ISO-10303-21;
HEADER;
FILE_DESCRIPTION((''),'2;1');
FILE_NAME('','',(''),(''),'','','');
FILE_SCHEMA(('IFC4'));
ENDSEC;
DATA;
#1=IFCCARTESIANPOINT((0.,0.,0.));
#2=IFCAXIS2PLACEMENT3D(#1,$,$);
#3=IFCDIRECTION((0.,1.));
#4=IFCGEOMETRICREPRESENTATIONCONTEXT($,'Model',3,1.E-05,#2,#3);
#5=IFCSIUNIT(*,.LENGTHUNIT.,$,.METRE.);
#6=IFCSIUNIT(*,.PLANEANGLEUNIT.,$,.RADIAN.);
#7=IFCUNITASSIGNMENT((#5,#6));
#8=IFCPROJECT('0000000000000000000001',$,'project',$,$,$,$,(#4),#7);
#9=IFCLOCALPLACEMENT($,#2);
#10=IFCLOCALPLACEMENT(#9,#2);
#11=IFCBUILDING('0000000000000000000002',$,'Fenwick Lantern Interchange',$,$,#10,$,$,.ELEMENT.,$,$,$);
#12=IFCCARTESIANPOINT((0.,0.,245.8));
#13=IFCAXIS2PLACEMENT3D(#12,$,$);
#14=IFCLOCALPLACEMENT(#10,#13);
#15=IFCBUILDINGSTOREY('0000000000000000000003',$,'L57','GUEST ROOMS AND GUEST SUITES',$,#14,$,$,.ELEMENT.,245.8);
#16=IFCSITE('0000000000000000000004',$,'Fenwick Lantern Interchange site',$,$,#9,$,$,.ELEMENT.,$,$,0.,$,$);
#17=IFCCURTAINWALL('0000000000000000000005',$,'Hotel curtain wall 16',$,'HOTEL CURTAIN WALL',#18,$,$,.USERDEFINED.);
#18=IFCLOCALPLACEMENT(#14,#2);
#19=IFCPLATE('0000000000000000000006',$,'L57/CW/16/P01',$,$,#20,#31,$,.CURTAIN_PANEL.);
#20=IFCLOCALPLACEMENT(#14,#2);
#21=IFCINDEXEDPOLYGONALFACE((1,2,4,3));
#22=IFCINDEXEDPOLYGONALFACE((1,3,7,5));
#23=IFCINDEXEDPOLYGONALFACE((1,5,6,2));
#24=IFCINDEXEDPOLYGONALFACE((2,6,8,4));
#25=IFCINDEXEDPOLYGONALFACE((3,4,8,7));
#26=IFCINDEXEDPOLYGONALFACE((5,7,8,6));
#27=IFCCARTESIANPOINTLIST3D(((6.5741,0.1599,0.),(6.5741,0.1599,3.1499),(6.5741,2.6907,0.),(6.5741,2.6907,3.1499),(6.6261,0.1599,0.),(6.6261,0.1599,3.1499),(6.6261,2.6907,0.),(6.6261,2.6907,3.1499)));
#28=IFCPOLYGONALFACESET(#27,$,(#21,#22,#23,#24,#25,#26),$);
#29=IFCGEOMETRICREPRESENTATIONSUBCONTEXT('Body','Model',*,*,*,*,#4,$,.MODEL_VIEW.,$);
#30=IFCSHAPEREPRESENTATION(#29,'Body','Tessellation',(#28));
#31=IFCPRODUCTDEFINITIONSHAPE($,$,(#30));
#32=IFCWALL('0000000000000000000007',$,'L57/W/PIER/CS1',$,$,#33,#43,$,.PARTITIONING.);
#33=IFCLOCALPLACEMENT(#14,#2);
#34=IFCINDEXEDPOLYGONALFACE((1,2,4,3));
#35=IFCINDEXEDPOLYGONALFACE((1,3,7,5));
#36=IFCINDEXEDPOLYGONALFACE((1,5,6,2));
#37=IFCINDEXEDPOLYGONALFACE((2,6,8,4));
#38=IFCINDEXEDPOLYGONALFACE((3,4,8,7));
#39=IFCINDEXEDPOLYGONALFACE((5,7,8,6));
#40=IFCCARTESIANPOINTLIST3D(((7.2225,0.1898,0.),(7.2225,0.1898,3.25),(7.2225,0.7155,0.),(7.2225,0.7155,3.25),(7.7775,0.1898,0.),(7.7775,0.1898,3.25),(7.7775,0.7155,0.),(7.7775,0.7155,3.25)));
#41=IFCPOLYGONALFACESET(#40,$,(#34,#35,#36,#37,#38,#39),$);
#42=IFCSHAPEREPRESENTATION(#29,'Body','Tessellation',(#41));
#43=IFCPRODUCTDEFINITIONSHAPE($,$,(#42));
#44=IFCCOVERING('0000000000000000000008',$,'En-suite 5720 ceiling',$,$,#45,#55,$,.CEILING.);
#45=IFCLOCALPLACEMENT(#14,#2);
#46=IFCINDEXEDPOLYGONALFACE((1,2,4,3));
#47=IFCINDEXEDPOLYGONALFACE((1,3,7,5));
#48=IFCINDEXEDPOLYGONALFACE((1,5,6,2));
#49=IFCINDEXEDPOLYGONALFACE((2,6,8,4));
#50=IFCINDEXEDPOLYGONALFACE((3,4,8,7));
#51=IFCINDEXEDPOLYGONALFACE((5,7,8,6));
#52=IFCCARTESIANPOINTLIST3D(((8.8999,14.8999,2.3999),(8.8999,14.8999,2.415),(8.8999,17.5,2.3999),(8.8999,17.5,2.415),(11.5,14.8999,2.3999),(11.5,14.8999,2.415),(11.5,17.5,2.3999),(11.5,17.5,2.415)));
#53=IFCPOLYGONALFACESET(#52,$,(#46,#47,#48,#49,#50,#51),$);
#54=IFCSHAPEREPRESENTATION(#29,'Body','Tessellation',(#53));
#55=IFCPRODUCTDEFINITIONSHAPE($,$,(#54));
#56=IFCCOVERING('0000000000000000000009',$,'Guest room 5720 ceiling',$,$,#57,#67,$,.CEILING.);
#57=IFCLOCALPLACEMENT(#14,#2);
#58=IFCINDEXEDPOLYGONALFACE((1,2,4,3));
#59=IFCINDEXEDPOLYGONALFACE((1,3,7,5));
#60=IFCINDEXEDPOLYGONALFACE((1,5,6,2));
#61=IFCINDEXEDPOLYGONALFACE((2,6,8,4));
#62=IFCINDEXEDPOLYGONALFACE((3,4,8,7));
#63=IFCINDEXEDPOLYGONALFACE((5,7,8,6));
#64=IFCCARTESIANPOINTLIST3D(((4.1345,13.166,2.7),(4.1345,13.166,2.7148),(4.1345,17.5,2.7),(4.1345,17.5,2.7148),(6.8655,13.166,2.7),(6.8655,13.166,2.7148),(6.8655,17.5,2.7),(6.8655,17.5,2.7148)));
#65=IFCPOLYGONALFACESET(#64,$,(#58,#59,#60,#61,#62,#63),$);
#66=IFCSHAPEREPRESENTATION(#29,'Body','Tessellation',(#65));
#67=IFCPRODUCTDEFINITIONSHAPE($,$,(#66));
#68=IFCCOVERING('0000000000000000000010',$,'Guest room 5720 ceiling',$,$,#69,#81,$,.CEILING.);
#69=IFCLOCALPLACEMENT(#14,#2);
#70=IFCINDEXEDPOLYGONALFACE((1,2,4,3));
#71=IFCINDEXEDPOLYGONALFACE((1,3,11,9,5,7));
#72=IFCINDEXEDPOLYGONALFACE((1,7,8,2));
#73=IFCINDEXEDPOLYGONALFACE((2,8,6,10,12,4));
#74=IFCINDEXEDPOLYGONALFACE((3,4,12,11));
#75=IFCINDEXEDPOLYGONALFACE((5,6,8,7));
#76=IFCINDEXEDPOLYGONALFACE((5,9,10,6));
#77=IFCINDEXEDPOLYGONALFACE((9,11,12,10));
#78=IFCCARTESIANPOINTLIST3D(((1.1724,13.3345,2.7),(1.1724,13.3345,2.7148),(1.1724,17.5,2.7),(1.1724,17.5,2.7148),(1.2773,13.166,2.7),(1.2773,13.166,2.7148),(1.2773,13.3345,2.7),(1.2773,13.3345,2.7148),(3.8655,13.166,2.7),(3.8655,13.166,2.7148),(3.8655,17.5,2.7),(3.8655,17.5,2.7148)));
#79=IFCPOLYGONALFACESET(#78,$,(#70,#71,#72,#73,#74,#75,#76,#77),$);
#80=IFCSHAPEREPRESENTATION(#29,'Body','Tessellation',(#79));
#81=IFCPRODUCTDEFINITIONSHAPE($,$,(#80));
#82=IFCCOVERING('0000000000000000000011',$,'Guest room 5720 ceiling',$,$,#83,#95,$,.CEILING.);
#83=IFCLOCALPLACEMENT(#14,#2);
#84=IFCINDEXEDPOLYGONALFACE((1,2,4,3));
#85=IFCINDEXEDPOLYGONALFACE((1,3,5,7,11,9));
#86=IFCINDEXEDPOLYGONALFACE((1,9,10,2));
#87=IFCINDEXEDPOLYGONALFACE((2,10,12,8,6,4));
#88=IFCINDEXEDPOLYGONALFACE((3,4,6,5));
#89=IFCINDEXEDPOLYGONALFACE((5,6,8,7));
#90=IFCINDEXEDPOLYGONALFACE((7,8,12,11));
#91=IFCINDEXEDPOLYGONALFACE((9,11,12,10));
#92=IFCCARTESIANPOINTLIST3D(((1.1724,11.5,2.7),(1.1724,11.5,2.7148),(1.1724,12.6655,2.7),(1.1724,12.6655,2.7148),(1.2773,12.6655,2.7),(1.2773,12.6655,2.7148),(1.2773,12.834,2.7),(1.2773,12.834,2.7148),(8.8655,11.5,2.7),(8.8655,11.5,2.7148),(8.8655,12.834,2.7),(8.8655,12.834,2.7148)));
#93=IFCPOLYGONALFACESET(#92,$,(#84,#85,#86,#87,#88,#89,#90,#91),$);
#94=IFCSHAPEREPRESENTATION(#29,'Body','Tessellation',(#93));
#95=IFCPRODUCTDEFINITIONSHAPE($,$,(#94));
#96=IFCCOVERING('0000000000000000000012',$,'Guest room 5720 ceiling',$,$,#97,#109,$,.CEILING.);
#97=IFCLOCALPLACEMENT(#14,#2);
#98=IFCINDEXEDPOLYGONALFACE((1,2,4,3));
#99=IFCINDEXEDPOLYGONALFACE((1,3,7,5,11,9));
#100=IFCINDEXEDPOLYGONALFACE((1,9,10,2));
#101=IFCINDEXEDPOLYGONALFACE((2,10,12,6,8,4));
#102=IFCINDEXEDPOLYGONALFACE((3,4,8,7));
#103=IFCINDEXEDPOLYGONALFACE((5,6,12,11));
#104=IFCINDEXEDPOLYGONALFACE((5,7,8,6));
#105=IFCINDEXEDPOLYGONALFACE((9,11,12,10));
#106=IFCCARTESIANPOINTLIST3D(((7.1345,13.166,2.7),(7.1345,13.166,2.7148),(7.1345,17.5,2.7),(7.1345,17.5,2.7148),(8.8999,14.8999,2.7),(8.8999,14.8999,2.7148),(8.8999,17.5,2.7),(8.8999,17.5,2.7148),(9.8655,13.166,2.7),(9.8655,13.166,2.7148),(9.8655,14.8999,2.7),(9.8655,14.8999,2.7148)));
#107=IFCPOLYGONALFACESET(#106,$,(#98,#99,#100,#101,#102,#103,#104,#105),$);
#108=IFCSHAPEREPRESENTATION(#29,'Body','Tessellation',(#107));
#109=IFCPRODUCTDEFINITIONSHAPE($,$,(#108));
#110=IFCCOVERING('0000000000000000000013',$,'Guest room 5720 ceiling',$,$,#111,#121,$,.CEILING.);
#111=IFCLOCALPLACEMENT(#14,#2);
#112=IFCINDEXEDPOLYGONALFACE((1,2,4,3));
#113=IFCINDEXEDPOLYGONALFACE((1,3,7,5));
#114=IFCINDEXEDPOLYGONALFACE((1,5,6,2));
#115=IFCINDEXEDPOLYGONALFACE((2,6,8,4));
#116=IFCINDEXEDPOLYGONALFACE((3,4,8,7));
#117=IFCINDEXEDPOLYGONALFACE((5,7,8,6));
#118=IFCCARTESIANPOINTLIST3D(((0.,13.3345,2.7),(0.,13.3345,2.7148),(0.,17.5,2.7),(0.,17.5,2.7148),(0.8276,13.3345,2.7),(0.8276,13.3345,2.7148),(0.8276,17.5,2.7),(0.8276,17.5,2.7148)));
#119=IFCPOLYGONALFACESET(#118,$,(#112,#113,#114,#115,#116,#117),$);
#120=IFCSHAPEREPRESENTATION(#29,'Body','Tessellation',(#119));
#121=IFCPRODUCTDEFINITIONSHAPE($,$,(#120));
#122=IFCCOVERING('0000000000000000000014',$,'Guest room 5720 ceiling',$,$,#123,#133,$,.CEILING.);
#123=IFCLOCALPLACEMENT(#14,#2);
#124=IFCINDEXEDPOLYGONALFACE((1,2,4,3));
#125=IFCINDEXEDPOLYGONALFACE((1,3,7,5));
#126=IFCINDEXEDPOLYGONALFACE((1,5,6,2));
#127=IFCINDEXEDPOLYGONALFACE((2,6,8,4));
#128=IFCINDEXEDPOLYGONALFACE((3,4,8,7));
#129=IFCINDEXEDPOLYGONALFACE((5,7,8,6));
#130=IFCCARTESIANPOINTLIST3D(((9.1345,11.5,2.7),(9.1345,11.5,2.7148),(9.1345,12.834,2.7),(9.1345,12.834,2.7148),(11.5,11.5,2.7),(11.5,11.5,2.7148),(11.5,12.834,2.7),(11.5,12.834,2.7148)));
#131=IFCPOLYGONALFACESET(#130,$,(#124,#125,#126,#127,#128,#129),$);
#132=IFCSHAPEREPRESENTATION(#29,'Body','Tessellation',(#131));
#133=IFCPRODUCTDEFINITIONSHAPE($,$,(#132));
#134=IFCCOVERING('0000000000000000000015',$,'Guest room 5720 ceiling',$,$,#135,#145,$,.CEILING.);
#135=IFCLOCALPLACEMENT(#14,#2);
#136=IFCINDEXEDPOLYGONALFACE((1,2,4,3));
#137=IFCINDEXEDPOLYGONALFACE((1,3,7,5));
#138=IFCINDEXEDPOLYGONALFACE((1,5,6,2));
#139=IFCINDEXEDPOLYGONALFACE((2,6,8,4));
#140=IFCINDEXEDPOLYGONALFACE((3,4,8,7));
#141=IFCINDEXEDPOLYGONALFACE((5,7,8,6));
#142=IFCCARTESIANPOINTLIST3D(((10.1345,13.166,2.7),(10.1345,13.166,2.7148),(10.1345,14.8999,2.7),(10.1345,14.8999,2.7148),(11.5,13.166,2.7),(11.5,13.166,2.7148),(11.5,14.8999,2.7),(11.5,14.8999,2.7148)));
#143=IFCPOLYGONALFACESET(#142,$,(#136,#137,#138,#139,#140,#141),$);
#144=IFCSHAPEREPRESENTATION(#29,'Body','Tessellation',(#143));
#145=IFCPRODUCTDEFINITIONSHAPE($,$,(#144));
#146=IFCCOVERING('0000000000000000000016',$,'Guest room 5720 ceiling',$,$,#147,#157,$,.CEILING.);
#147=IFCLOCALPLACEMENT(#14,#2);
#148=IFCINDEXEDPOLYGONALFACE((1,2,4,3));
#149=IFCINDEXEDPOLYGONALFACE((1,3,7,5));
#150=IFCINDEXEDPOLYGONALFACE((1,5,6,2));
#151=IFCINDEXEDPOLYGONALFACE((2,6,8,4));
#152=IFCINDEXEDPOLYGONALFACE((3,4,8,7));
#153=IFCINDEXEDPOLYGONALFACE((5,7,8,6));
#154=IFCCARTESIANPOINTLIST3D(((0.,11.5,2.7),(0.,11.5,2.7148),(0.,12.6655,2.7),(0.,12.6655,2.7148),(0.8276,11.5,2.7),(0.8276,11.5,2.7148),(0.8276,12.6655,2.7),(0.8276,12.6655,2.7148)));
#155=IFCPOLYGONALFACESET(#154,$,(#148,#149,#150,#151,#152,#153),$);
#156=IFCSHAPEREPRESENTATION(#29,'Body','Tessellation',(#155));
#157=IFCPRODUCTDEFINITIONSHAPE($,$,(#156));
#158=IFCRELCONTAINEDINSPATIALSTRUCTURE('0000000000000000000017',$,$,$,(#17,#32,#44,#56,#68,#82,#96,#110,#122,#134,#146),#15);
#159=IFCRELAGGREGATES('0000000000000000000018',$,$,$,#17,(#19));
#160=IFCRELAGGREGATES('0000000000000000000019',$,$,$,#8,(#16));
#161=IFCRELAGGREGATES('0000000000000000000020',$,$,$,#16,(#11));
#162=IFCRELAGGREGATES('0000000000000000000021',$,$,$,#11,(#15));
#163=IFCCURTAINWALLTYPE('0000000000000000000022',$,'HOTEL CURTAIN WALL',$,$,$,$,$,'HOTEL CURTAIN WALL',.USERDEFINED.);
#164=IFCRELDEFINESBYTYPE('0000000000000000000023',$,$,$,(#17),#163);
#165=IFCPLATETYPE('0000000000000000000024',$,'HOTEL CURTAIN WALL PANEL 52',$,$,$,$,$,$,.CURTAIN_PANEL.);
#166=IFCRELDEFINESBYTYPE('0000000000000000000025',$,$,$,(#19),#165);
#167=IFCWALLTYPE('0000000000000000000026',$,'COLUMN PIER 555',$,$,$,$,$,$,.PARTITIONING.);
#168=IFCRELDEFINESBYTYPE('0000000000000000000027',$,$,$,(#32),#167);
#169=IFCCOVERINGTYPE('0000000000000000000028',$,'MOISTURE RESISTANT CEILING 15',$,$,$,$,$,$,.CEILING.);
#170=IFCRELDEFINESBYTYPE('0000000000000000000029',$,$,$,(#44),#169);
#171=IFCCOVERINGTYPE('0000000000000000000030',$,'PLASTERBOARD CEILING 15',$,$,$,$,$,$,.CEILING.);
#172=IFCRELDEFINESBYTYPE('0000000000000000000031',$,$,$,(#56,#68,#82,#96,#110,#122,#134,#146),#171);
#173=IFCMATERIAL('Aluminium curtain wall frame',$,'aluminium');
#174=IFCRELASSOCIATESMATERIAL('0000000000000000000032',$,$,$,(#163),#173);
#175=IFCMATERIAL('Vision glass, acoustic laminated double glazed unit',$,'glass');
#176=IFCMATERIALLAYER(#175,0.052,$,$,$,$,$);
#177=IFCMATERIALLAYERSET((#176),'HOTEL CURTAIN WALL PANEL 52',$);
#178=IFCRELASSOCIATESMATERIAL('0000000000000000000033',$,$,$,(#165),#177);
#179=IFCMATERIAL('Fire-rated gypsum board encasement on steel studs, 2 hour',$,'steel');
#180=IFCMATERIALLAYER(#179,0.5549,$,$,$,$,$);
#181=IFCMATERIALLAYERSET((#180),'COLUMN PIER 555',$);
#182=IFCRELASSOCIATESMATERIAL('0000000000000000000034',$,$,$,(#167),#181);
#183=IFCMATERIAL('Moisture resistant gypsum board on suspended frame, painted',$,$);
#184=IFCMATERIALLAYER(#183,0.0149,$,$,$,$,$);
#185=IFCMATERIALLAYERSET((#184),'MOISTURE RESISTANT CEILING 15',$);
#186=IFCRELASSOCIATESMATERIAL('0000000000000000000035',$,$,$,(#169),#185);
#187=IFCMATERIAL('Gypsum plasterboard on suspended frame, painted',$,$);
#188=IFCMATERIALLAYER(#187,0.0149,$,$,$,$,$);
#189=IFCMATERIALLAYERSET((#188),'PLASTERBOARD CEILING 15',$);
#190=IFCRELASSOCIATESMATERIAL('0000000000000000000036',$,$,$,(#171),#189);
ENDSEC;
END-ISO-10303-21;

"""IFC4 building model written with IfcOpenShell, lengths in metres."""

from ifc_helpers import new_model, si_unit, direction, frame, frame_2d, origin, origin_2d, place, context, subcontext, project, spatial, polyline, rectangle, outline, extrude, material, layer, layer_set, type_object, element, aggregate, save


model = new_model("IFC4")

# Units and contexts
model_context = context("Model", 3, precision=1e-05, world=origin(), true_north=direction((0.0, 1.0)))
body_context = subcontext(model_context, "Body", "Model", "MODEL_VIEW")
ifc_project = project(units=[si_unit("LENGTHUNIT", "METRE"), si_unit("PLANEANGLEUNIT", "RADIAN")], contexts=[model_context])

# Site, building, storey
site_placement = place(None, origin())
site = spatial("IfcSite", under=ifc_project, at=site_placement, Name="Fenwick Lantern Interchange site", CompositionType="ELEMENT", RefElevation=0.0)
building_placement = place(site_placement, origin())
building = spatial("IfcBuilding", under=site, at=building_placement, Name="Fenwick Lantern Interchange", CompositionType="ELEMENT")
storey_placement = place(building_placement, frame((0.0, 0.0, 245.8)))
storey = spatial("IfcBuildingStorey", under=building, at=storey_placement, Name="L57", Description="GUEST ROOMS AND GUEST SUITES", CompositionType="ELEMENT", Elevation=245.8)

# Shared definitions
ifc_material_1 = material(Name="Aluminium curtain wall frame", Category="aluminium")
curtain_wall_type = type_object("IfcCurtainWallType", Name="HOTEL CURTAIN WALL", ElementType="HOTEL CURTAIN WALL", PredefinedType="USERDEFINED", material=ifc_material_1)

# Curtain wall
curtain_wall_1_placement = place(storey_placement, origin())
curtain_wall_1 = element("IfcCurtainWall", 1, at=curtain_wall_1_placement, inside=storey, type_object=curtain_wall_type, Name="Hotel curtain wall 16", ObjectType="HOTEL CURTAIN WALL", PredefinedType="USERDEFINED")

# Plate
ifc_material_2 = material(Name="Vision glass, acoustic laminated double glazed unit", Category="glass")
ifc_layer_1 = layer(ifc_material_2, 0.052)
ifc_layer_set_1 = layer_set([ifc_layer_1], Name="HOTEL CURTAIN WALL PANEL 52")
plate_type = type_object("IfcPlateType", Name="HOTEL CURTAIN WALL PANEL 52", PredefinedType="CURTAIN_PANEL", material=ifc_layer_set_1)
plate_1_placement = place(storey_placement, frame((6.6001, 1.4253, 0.0), z_axis=(0.0, 0.0, 1.0), x_axis=(0.0, -1.0, 0.0)))
plate_1 = element("IfcPlate", 2, at=plate_1_placement, type_object=plate_type, Name="L57/CW/16/P01", PredefinedType="CURTAIN_PANEL", context=body_context, shape_type="SweptSolid", body=[
    extrude(rectangle(XDim=2.5308, YDim=0.052, at=origin_2d()), origin(), (0.0, 0.0, 1.0), 3.1499),
])
aggregate(curtain_wall_1, [plate_1])

# Wall
ifc_material_3 = material(Name="Fire-rated gypsum board encasement on steel studs, 2 hour", Category="steel")
ifc_layer_2 = layer(ifc_material_3, 0.5549)
ifc_layer_set_2 = layer_set([ifc_layer_2], Name="COLUMN PIER 555")
wall_type = type_object("IfcWallType", Name="COLUMN PIER 555", PredefinedType="PARTITIONING", material=ifc_layer_set_2)
wall_placement = place(storey_placement, frame((7.5, 0.1899, 0.0), z_axis=(0.0, 0.0, 1.0), x_axis=(0.0, 1.0, 0.0)))
element("IfcWall", 3, at=wall_placement, inside=storey, type_object=wall_type, Name="L57/W/PIER/CS1", PredefinedType="PARTITIONING", context=body_context, shape_type="SweptSolid", body=[
    extrude(rectangle(XDim=0.5256, YDim=0.5549, at=frame_2d((0.2627, 0.0))), origin(), (0.0, 0.0, 1.0), 3.25),
])

# Coverings
ifc_material_4 = material(Name="Moisture resistant gypsum board on suspended frame, painted")
ifc_layer_3 = layer(ifc_material_4, 0.0149)
ifc_layer_set_3 = layer_set([ifc_layer_3], Name="MOISTURE RESISTANT CEILING 15")
covering_type_1 = type_object("IfcCoveringType", Name="MOISTURE RESISTANT CEILING 15", PredefinedType="CEILING", material=ifc_layer_set_3)
covering_1_placement = place(storey_placement, frame((0.0, 0.0, 2.3999)))
element("IfcCovering", 4, at=covering_1_placement, inside=storey, type_object=covering_type_1, Name="En-suite 5720 ceiling", PredefinedType="CEILING", context=body_context, shape_type="SweptSolid", body=[
    extrude(outline(polyline([(8.8999, 17.5), (8.8999, 14.8999), (11.5, 14.8999), (11.5, 17.5), (8.8999, 17.5)])), origin(), (0.0, 0.0, 1.0), 0.0151),
])
ifc_material_5 = material(Name="Gypsum plasterboard on suspended frame, painted")
ifc_layer_4 = layer(ifc_material_5, 0.0149)
ifc_layer_set_4 = layer_set([ifc_layer_4], Name="PLASTERBOARD CEILING 15")
covering_type_2 = type_object("IfcCoveringType", Name="PLASTERBOARD CEILING 15", PredefinedType="CEILING", material=ifc_layer_set_4)
covering_2_placement = place(storey_placement, frame((0.0, 0.0, 2.7)))
element("IfcCovering", 5, at=covering_2_placement, inside=storey, type_object=covering_type_2, Name="Guest room 5720 ceiling", PredefinedType="CEILING", context=body_context, shape_type="SweptSolid", body=[
    extrude(outline(polyline([(6.8655, 17.5), (4.1345, 17.5), (4.1345, 13.166), (6.8655, 13.166), (6.8655, 17.5)])), origin(), (0.0, 0.0, 1.0), 0.0149),
])
covering_3_placement = place(storey_placement, frame((0.0, 0.0, 2.7)))
element("IfcCovering", 6, at=covering_3_placement, inside=storey, type_object=covering_type_2, Name="Guest room 5720 ceiling", PredefinedType="CEILING", context=body_context, shape_type="SweptSolid", body=[
    extrude(outline(polyline([(1.2773, 13.3345), (1.2773, 13.166), (3.8655, 13.166), (3.8655, 17.5), (1.1724, 17.5), (1.1724, 13.3345), (1.2773, 13.3345)])), origin(), (0.0, 0.0, 1.0), 0.0149),
])
covering_4_placement = place(storey_placement, frame((0.0, 0.0, 2.7)))
element("IfcCovering", 7, at=covering_4_placement, inside=storey, type_object=covering_type_2, Name="Guest room 5720 ceiling", PredefinedType="CEILING", context=body_context, shape_type="SweptSolid", body=[
    extrude(outline(polyline([(1.2773, 12.6655), (1.1724, 12.6655), (1.1724, 11.5), (8.8655, 11.5), (8.8655, 12.834), (1.2773, 12.834), (1.2773, 12.6655)])), origin(), (0.0, 0.0, 1.0), 0.0149),
])
covering_5_placement = place(storey_placement, frame((0.0, 0.0, 2.7)))
element("IfcCovering", 8, at=covering_5_placement, inside=storey, type_object=covering_type_2, Name="Guest room 5720 ceiling", PredefinedType="CEILING", context=body_context, shape_type="SweptSolid", body=[
    extrude(outline(polyline([(8.8999, 17.5), (7.1345, 17.5), (7.1345, 13.166), (9.8655, 13.166), (9.8655, 14.8999), (8.8999, 14.8999), (8.8999, 17.5)])), origin(), (0.0, 0.0, 1.0), 0.0149),
])
covering_6_placement = place(storey_placement, frame((0.0, 0.0, 2.7)))
element("IfcCovering", 9, at=covering_6_placement, inside=storey, type_object=covering_type_2, Name="Guest room 5720 ceiling", PredefinedType="CEILING", context=body_context, shape_type="SweptSolid", body=[
    extrude(outline(polyline([(0.0, 13.3345), (0.8276, 13.3345), (0.8276, 17.5), (0.0, 17.5), (0.0, 13.3345)])), origin(), (0.0, 0.0, 1.0), 0.0149),
])
covering_7_placement = place(storey_placement, frame((0.0, 0.0, 2.7)))
element("IfcCovering", 10, at=covering_7_placement, inside=storey, type_object=covering_type_2, Name="Guest room 5720 ceiling", PredefinedType="CEILING", context=body_context, shape_type="SweptSolid", body=[
    extrude(outline(polyline([(11.5, 11.5), (11.5, 12.834), (9.1345, 12.834), (9.1345, 11.5), (11.5, 11.5)])), origin(), (0.0, 0.0, 1.0), 0.0149),
])
covering_8_placement = place(storey_placement, frame((0.0, 0.0, 2.7)))
element("IfcCovering", 11, at=covering_8_placement, inside=storey, type_object=covering_type_2, Name="Guest room 5720 ceiling", PredefinedType="CEILING", context=body_context, shape_type="SweptSolid", body=[
    extrude(outline(polyline([(11.5, 14.8999), (10.1345, 14.8999), (10.1345, 13.166), (11.5, 13.166), (11.5, 14.8999)])), origin(), (0.0, 0.0, 1.0), 0.0149),
])
covering_9_placement = place(storey_placement, frame((0.0, 0.0, 2.7)))
element("IfcCovering", 12, at=covering_9_placement, inside=storey, type_object=covering_type_2, Name="Guest room 5720 ceiling", PredefinedType="CEILING", context=body_context, shape_type="SweptSolid", body=[
    extrude(outline(polyline([(0.0, 12.6655), (0.0, 11.5), (0.8276, 11.5), (0.8276, 12.6655), (0.0, 12.6655)])), origin(), (0.0, 0.0, 1.0), 0.0149),
])

save(model, "model.ifc")
